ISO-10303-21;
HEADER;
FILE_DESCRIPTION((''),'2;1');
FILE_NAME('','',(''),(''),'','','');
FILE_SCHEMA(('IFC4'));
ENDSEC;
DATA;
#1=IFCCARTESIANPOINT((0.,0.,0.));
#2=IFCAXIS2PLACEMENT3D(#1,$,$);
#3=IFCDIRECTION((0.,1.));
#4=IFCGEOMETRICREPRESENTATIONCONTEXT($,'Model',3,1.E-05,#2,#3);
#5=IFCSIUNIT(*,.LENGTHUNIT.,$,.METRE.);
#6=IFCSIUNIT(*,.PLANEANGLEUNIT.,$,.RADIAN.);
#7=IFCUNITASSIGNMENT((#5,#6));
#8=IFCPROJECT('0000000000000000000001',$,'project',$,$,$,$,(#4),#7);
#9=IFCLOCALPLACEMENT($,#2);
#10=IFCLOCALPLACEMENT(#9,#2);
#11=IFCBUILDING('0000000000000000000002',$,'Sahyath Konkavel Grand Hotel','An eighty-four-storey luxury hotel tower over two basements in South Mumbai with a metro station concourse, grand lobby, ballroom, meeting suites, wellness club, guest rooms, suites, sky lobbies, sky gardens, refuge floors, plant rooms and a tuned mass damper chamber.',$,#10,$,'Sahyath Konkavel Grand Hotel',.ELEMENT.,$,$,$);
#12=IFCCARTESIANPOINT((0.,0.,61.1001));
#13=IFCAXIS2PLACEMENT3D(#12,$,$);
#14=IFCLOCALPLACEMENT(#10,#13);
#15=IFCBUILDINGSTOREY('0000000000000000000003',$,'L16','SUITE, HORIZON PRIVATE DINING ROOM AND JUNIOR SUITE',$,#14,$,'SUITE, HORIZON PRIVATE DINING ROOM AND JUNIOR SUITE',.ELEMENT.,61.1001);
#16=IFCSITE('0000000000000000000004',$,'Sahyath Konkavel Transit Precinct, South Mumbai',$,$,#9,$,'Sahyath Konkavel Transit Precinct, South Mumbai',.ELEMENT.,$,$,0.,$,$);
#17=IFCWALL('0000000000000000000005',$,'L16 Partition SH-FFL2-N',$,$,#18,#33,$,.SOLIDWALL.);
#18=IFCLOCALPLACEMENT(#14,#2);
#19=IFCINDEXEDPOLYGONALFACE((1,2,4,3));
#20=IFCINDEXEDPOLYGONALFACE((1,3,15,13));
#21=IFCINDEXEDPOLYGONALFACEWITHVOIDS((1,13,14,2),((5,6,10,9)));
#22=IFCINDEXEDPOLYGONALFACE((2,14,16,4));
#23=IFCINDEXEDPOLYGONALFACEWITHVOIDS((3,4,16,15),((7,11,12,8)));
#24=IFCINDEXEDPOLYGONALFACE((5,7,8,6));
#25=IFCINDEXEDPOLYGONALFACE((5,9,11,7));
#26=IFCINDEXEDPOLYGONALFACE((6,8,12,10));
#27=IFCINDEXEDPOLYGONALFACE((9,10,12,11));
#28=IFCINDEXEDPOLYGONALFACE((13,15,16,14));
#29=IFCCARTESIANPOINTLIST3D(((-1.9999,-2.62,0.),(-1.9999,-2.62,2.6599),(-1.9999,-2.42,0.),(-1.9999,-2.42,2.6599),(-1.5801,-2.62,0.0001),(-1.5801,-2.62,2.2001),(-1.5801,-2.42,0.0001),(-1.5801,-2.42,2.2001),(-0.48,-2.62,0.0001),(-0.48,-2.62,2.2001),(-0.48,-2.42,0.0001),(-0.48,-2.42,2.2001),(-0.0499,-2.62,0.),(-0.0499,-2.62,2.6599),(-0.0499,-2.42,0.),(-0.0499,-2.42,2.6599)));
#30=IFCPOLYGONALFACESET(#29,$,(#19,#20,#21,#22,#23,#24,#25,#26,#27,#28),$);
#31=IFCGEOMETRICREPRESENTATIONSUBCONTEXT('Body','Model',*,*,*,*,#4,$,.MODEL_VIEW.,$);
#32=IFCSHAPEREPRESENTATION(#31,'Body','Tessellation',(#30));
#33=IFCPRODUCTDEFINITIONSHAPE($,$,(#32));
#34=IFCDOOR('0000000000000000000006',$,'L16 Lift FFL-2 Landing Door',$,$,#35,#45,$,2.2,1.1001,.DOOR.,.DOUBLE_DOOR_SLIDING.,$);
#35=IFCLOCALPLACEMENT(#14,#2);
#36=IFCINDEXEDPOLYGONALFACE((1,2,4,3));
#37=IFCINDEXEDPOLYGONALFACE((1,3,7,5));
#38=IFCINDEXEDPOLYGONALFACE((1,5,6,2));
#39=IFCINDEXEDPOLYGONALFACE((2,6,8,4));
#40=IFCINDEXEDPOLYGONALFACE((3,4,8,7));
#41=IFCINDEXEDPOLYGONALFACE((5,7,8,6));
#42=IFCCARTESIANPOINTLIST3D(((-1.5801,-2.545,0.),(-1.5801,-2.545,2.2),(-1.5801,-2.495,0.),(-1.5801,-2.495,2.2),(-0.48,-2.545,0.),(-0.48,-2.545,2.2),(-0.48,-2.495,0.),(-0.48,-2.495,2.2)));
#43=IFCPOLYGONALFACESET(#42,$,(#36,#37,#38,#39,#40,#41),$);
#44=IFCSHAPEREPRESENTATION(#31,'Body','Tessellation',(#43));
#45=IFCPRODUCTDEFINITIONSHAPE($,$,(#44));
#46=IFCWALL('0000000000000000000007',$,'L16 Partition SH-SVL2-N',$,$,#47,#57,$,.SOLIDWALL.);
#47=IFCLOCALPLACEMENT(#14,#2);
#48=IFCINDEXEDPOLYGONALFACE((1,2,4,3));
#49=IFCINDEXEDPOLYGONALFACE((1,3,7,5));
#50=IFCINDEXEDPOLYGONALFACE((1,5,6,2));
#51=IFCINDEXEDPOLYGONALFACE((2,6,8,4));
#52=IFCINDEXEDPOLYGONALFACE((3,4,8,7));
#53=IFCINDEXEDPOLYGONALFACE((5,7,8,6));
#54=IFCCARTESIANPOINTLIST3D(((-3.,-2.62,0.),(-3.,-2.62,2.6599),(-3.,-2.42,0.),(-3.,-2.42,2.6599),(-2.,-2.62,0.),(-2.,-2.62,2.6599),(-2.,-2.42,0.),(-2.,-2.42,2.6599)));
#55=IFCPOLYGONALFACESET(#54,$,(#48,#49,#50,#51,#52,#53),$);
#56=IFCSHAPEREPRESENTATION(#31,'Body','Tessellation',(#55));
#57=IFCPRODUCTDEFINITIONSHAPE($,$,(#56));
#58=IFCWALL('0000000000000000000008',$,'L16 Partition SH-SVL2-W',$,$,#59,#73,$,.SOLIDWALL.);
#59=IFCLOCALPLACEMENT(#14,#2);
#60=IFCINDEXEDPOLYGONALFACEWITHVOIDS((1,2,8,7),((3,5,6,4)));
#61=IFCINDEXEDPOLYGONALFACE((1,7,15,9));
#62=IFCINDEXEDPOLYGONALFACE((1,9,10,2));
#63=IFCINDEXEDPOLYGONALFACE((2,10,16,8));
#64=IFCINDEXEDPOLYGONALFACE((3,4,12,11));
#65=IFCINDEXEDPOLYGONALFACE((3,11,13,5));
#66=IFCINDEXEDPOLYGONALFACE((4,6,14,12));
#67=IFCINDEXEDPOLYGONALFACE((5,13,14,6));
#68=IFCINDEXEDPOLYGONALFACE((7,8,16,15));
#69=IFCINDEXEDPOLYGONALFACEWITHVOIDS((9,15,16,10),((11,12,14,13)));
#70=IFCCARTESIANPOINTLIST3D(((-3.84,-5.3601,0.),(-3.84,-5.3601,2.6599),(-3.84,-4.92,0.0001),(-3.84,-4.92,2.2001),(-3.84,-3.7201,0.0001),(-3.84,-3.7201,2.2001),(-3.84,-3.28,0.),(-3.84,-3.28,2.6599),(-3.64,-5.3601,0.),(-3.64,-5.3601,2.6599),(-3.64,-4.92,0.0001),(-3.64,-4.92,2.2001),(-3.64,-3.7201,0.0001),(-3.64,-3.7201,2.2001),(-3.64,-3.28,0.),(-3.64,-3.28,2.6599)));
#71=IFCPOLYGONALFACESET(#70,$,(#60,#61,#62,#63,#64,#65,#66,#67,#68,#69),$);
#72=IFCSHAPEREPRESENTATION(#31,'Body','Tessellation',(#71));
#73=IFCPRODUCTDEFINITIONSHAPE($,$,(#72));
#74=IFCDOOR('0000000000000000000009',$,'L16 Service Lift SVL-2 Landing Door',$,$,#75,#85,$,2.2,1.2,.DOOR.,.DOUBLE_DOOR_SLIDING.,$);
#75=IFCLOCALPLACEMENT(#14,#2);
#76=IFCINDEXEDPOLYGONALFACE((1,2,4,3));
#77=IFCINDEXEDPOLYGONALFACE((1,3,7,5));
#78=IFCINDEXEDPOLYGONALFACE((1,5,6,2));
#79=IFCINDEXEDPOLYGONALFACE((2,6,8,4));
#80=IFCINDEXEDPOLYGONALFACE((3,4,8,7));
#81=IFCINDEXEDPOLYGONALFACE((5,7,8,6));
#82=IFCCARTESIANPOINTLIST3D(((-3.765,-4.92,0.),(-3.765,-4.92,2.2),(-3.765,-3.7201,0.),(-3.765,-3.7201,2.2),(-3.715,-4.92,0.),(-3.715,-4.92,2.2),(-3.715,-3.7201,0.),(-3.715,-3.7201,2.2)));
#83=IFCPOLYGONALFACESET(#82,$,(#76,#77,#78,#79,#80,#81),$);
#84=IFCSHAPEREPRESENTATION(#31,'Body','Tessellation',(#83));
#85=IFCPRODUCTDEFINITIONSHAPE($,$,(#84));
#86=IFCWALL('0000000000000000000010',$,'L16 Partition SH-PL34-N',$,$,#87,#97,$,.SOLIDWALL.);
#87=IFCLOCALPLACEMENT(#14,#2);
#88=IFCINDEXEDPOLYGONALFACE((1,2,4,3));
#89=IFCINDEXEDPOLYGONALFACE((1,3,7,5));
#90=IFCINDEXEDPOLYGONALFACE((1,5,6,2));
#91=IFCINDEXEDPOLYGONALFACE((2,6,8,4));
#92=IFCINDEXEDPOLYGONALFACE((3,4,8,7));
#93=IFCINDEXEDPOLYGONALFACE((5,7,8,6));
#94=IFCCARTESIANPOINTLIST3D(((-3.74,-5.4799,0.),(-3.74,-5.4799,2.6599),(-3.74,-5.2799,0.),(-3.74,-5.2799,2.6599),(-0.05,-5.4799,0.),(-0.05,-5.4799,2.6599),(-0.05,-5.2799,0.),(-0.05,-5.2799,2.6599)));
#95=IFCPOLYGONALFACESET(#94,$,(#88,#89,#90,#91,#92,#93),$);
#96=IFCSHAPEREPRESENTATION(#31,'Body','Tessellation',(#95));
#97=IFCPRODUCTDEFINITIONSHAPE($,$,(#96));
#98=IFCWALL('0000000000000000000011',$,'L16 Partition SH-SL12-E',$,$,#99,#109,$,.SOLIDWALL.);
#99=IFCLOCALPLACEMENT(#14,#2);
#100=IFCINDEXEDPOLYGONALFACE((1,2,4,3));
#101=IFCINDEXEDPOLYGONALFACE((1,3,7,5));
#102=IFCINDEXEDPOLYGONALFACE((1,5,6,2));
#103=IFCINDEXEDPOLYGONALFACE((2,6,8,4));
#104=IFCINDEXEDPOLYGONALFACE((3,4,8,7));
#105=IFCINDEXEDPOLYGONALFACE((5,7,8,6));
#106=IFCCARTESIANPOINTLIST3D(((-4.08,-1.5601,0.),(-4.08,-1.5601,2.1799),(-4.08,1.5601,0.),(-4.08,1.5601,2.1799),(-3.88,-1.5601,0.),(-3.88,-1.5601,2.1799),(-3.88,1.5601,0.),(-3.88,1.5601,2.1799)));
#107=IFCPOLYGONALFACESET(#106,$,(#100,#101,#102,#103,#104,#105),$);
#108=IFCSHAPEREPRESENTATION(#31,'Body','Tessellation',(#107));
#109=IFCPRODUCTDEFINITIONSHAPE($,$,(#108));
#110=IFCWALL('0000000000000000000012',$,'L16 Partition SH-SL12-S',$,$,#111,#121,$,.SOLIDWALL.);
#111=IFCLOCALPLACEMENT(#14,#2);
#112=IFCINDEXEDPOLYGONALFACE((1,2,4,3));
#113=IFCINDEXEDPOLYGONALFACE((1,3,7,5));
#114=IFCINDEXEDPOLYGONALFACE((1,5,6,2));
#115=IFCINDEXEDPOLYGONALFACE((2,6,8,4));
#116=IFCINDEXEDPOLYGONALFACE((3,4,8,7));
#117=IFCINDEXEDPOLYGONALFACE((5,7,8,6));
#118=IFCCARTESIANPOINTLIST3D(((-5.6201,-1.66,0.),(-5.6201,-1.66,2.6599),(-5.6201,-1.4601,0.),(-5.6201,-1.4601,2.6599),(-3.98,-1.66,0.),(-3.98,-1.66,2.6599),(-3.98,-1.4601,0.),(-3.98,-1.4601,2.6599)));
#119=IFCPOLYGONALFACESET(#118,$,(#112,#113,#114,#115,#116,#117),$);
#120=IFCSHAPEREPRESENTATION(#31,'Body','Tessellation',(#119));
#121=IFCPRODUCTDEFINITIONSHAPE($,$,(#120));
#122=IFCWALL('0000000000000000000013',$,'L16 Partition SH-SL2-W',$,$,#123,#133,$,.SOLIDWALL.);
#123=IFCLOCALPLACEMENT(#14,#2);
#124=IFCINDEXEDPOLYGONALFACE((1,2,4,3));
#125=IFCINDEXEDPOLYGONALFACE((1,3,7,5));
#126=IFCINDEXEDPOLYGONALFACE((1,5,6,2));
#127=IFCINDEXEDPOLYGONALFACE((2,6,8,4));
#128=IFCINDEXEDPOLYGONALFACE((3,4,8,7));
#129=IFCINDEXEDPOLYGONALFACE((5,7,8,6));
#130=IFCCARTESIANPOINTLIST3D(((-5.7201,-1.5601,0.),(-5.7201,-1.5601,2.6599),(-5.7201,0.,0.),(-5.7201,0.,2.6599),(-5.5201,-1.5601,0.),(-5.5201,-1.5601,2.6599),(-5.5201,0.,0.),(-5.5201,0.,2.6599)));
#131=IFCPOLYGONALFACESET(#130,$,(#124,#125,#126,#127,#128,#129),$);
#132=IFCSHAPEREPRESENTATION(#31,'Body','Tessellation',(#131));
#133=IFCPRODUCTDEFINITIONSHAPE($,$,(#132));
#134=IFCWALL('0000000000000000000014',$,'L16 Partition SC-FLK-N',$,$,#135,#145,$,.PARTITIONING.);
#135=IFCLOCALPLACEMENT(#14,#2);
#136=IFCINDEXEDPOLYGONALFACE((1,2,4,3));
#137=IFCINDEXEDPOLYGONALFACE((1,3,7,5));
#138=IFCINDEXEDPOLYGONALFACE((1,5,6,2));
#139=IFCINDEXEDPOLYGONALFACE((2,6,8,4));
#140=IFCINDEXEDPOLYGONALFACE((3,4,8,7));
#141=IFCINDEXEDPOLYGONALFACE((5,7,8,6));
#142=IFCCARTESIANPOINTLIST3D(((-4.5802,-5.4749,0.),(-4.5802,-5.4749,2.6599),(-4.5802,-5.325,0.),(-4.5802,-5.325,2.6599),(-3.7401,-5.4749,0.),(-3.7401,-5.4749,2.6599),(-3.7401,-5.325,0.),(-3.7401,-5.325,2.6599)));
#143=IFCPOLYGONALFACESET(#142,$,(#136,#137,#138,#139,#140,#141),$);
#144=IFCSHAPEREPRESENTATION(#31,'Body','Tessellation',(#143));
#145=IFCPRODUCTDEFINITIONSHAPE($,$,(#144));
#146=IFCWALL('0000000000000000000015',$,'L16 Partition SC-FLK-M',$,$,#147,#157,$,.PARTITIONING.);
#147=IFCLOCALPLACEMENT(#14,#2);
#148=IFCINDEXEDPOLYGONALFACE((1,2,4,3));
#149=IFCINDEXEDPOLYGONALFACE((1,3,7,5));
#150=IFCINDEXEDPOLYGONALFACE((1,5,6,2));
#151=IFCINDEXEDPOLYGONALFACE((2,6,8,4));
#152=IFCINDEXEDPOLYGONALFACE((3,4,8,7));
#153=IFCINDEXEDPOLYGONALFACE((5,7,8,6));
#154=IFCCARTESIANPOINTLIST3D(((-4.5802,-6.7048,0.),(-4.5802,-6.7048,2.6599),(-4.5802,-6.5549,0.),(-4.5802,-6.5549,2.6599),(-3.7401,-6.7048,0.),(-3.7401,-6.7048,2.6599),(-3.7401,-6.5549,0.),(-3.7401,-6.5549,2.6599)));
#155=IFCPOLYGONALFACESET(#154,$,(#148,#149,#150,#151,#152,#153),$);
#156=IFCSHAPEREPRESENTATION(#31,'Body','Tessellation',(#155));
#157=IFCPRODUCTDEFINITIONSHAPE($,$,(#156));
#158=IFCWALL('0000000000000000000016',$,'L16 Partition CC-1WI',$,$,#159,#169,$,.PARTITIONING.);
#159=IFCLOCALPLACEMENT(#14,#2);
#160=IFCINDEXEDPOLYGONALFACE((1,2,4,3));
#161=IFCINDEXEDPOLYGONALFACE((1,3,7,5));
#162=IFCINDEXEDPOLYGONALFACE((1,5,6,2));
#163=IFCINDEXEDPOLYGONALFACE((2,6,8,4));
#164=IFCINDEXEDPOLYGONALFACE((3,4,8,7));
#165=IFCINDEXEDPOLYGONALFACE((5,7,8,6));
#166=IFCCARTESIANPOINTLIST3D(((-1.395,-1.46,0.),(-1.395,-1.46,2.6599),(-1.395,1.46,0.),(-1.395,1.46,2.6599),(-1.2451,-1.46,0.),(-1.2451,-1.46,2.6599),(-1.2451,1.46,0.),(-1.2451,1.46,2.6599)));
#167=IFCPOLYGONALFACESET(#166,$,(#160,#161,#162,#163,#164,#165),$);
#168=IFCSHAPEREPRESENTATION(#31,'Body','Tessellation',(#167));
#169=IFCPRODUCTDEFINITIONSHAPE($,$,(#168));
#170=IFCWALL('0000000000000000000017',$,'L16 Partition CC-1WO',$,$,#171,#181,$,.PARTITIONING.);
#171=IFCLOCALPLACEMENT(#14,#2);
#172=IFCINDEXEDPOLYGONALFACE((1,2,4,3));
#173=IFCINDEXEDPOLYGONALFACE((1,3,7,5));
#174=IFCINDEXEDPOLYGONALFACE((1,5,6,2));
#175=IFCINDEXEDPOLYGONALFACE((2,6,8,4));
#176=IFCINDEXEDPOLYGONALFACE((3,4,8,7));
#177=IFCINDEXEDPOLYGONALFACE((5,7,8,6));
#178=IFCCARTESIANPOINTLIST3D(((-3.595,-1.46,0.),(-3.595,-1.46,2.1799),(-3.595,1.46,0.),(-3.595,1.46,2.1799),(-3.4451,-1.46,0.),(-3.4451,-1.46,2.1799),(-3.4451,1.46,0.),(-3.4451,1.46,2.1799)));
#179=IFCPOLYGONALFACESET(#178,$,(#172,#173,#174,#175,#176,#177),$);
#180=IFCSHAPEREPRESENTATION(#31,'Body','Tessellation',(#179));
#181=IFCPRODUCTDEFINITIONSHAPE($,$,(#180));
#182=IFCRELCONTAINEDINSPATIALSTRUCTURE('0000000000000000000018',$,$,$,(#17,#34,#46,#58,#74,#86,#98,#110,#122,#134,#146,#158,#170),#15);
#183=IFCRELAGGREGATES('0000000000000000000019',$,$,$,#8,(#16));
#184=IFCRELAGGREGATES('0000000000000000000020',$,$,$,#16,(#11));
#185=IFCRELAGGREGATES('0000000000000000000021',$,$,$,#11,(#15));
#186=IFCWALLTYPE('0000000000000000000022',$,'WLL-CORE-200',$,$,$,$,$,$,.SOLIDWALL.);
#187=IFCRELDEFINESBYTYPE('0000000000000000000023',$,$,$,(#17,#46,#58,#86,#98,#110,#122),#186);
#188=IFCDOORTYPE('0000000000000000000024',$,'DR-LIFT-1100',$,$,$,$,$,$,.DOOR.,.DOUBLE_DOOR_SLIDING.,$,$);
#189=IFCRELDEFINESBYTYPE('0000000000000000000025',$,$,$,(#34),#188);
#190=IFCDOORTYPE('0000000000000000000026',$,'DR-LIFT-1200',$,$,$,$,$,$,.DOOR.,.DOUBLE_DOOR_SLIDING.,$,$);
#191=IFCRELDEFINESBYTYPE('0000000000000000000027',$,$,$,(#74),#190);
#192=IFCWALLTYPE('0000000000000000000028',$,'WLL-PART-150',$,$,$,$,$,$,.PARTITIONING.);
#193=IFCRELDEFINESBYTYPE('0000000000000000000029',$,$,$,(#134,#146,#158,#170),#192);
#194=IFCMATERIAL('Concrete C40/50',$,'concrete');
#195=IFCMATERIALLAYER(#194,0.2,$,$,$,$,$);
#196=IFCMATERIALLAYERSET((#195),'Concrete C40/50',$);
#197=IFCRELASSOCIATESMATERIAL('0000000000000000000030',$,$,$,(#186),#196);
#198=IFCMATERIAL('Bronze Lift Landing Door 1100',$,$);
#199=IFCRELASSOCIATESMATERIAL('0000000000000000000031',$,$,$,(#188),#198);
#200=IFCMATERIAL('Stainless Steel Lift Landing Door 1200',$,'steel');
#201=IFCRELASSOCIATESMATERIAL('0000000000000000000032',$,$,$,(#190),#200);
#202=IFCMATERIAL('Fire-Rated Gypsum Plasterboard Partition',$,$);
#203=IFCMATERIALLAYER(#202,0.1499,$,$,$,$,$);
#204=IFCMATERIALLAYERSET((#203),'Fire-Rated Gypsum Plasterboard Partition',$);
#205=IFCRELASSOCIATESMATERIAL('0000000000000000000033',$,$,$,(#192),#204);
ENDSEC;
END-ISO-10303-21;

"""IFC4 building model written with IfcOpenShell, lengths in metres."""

from ifc_helpers import new_model, si_unit, direction, frame, frame_2d, origin, origin_2d, place, context, subcontext, project, spatial, rectangle, extrude, source, transform, mapped, material, layer, layer_set, type_object, element, fill, save


model = new_model("IFC4")

# Units and contexts
model_context = context("Model", 3, precision=1e-05, world=origin(), true_north=direction((0.0, 1.0)))
body_context = subcontext(model_context, "Body", "Model", "MODEL_VIEW")
ifc_project = project(units=[si_unit("LENGTHUNIT", "METRE"), si_unit("PLANEANGLEUNIT", "RADIAN")], contexts=[model_context])

# Site, building, storey
site_placement = place(None, origin())
site = spatial("IfcSite", under=ifc_project, at=site_placement, Name="Sahyath Konkavel Transit Precinct, South Mumbai", LongName="Sahyath Konkavel Transit Precinct, South Mumbai", CompositionType="ELEMENT", RefElevation=0.0)
building_placement = place(site_placement, origin())
building = spatial("IfcBuilding", under=site, at=building_placement, Name="Sahyath Konkavel Grand Hotel", Description="An eighty-four-storey luxury hotel tower over two basements in South Mumbai with a metro station concourse, grand lobby, ballroom, meeting suites, wellness club, guest rooms, suites, sky lobbies, sky gardens, refuge floors, plant rooms and a tuned mass damper chamber.", LongName="Sahyath Konkavel Grand Hotel", CompositionType="ELEMENT")
storey_placement = place(building_placement, frame((0.0, 0.0, 61.1001)))
storey = spatial("IfcBuildingStorey", under=building, at=storey_placement, Name="L16", Description="SUITE, HORIZON PRIVATE DINING ROOM AND JUNIOR SUITE", LongName="SUITE, HORIZON PRIVATE DINING ROOM AND JUNIOR SUITE", CompositionType="ELEMENT", Elevation=61.1001)

# Shared definitions
ifc_material_1 = material(Name="Concrete C40/50", Category="concrete")
ifc_layer_1 = layer(ifc_material_1, 0.2)
ifc_layer_set_1 = layer_set([ifc_layer_1], Name="Concrete C40/50")
wall_type_1 = type_object("IfcWallType", Name="WLL-CORE-200", PredefinedType="SOLIDWALL", material=ifc_layer_set_1)

# Wall, opening, door
wall_1_placement = place(storey_placement, frame((-2.0, -2.52, 0.0), z_axis=(0.0, 0.0, 1.0), x_axis=(1.0, 0.0, 0.0)))
wall_1 = element("IfcWall", 1, at=wall_1_placement, inside=storey, type_object=wall_type_1, Name="L16 Partition SH-FFL2-N", PredefinedType="SOLIDWALL", context=body_context, shape_type="SweptSolid", body=[
    extrude(rectangle(XDim=1.95, YDim=0.2, at=frame_2d((0.9751, 0.0))), origin(), (0.0, 0.0, 1.0), 2.6599),
])
opening_1_placement = place(wall_1_placement, frame((0.4199, 0.0, 0.0)))
opening_1 = element("IfcOpeningElement", 2, at=opening_1_placement, cuts=wall_1, PredefinedType="OPENING", context=body_context, shape_type="SweptSolid", body=[
    extrude(rectangle(XDim=1.1001, YDim=2.2, at=frame_2d((0.55, 1.1001))), frame((0.0, 0.1099, 0.0), z_axis=(0.0, -1.0, 0.0), x_axis=(1.0, 0.0, 0.0)), (0.0, 0.0, 1.0), 0.22),
])
ifc_material_2 = material(Name="Bronze Lift Landing Door 1100")
door_type_1 = type_object("IfcDoorType", Name="DR-LIFT-1100", OperationType="DOUBLE_DOOR_SLIDING", PredefinedType="DOOR", material=ifc_material_2)
shared_shape_1 = source(origin(), body_context, "Body", "SweptSolid", [
    extrude(rectangle(XDim=1.1001, YDim=0.05, at=origin_2d()), origin(), (0.0, 0.0, 1.0), 2.2),
])
door_1_placement = place(opening_1_placement, frame((0.55, 0.0, 0.0)))
door_1 = element("IfcDoor", 3, at=door_1_placement, inside=storey, type_object=door_type_1, Name="L16 Lift FFL-2 Landing Door", OperationType="DOUBLE_DOOR_SLIDING", OverallHeight=2.2, OverallWidth=1.1001, PredefinedType="DOOR", context=body_context, shape_type="MappedRepresentation", body=[
    mapped(shared_shape_1, transform((0.0, 0.0, 0.0), scale=1.0)),
])
fill(opening_1, door_1)

# Wall
wall_2_placement = place(storey_placement, frame((-3.0, -2.52, 0.0), z_axis=(0.0, 0.0, 1.0), x_axis=(1.0, 0.0, 0.0)))
element("IfcWall", 4, at=wall_2_placement, inside=storey, type_object=wall_type_1, Name="L16 Partition SH-SVL2-N", PredefinedType="SOLIDWALL", context=body_context, shape_type="SweptSolid", body=[
    extrude(rectangle(XDim=1.0, YDim=0.2, at=frame_2d((0.5, 0.0))), origin(), (0.0, 0.0, 1.0), 2.6599),
])

# Wall, opening, door
wall_3_placement = place(storey_placement, frame((-3.74, -5.3601, 0.0), z_axis=(0.0, 0.0, 1.0), x_axis=(0.0, 1.0, 0.0)))
wall_3 = element("IfcWall", 5, at=wall_3_placement, inside=storey, type_object=wall_type_1, Name="L16 Partition SH-SVL2-W", PredefinedType="SOLIDWALL", context=body_context, shape_type="SweptSolid", body=[
    extrude(rectangle(XDim=2.0801, YDim=0.2, at=frame_2d((1.04, 0.0))), origin(), (0.0, 0.0, 1.0), 2.6599),
])
opening_2_placement = place(wall_3_placement, frame((0.4399, 0.0, 0.0)))
opening_2 = element("IfcOpeningElement", 6, at=opening_2_placement, cuts=wall_3, PredefinedType="OPENING", context=body_context, shape_type="SweptSolid", body=[
    extrude(rectangle(XDim=1.2, YDim=2.2, at=frame_2d((0.6001, 1.1001))), frame((0.0, 0.1099, 0.0), z_axis=(0.0, -1.0, 0.0), x_axis=(1.0, 0.0, 0.0)), (0.0, 0.0, 1.0), 0.22),
])
ifc_material_3 = material(Name="Stainless Steel Lift Landing Door 1200", Category="steel")
door_type_2 = type_object("IfcDoorType", Name="DR-LIFT-1200", OperationType="DOUBLE_DOOR_SLIDING", PredefinedType="DOOR", material=ifc_material_3)
shared_shape_2 = source(origin(), body_context, "Body", "SweptSolid", [
    extrude(rectangle(XDim=1.2, YDim=0.05, at=origin_2d()), origin(), (0.0, 0.0, 1.0), 2.2),
])
door_2_placement = place(opening_2_placement, frame((0.6001, 0.0, 0.0)))
door_2 = element("IfcDoor", 7, at=door_2_placement, inside=storey, type_object=door_type_2, Name="L16 Service Lift SVL-2 Landing Door", OperationType="DOUBLE_DOOR_SLIDING", OverallHeight=2.2, OverallWidth=1.2, PredefinedType="DOOR", context=body_context, shape_type="MappedRepresentation", body=[
    mapped(shared_shape_2, transform((0.0, 0.0, 0.0), scale=1.0)),
])
fill(opening_2, door_2)

# Walls
wall_4_placement = place(storey_placement, frame((-3.74, -5.3799, 0.0), z_axis=(0.0, 0.0, 1.0), x_axis=(1.0, 0.0, 0.0)))
element("IfcWall", 8, at=wall_4_placement, inside=storey, type_object=wall_type_1, Name="L16 Partition SH-PL34-N", PredefinedType="SOLIDWALL", context=body_context, shape_type="SweptSolid", body=[
    extrude(rectangle(XDim=3.6899, YDim=0.2, at=frame_2d((1.845, 0.0))), origin(), (0.0, 0.0, 1.0), 2.6599),
])
wall_5_placement = place(storey_placement, frame((-3.98, -1.5601, 0.0), z_axis=(0.0, 0.0, 1.0), x_axis=(0.0, 1.0, 0.0)))
element("IfcWall", 9, at=wall_5_placement, inside=storey, type_object=wall_type_1, Name="L16 Partition SH-SL12-E", PredefinedType="SOLIDWALL", context=body_context, shape_type="SweptSolid", body=[
    extrude(rectangle(XDim=3.1201, YDim=0.2, at=frame_2d((1.5601, 0.0))), origin(), (0.0, 0.0, 1.0), 2.1799),
])
wall_6_placement = place(storey_placement, frame((-5.6201, -1.5601, 0.0), z_axis=(0.0, 0.0, 1.0), x_axis=(1.0, 0.0, 0.0)))
element("IfcWall", 10, at=wall_6_placement, inside=storey, type_object=wall_type_1, Name="L16 Partition SH-SL12-S", PredefinedType="SOLIDWALL", context=body_context, shape_type="SweptSolid", body=[
    extrude(rectangle(XDim=1.6401, YDim=0.2, at=frame_2d((0.8201, 0.0))), origin(), (0.0, 0.0, 1.0), 2.6599),
])
wall_7_placement = place(storey_placement, frame((-5.6201, -1.5601, 0.0), z_axis=(0.0, 0.0, 1.0), x_axis=(0.0, 1.0, 0.0)))
element("IfcWall", 11, at=wall_7_placement, inside=storey, type_object=wall_type_1, Name="L16 Partition SH-SL2-W", PredefinedType="SOLIDWALL", context=body_context, shape_type="SweptSolid", body=[
    extrude(rectangle(XDim=1.5601, YDim=0.2, at=frame_2d((0.78, 0.0))), origin(), (0.0, 0.0, 1.0), 2.6599),
])
ifc_material_4 = material(Name="Fire-Rated Gypsum Plasterboard Partition")
ifc_layer_2 = layer(ifc_material_4, 0.1499)
ifc_layer_set_2 = layer_set([ifc_layer_2], Name="Fire-Rated Gypsum Plasterboard Partition")
wall_type_2 = type_object("IfcWallType", Name="WLL-PART-150", PredefinedType="PARTITIONING", material=ifc_layer_set_2)
for number, where, z_axis, x_axis, name in (
    (12, (-4.5801, -5.3999, 0.0), (0.0, 0.0, 1.0), (1.0, 0.0, 0.0), "L16 Partition SC-FLK-N"),
    (13, (-4.5801, -6.6299, 0.0), (0.0, 0.0, 1.0), (1.0, 0.0, 0.0), "L16 Partition SC-FLK-M"),
):
    element("IfcWall", number, at=place(storey_placement, frame(where, z_axis=z_axis, x_axis=x_axis)), inside=storey, type_object=wall_type_2, Name=name, PredefinedType="PARTITIONING", context=body_context, shape_type="SweptSolid", body=[
        extrude(rectangle(XDim=0.8401, YDim=0.1499, at=frame_2d((0.4199, 0.0))), origin(), (0.0, 0.0, 1.0), 2.6599),
    ])
wall_8_placement = place(storey_placement, frame((-1.3201, -1.46, 0.0), z_axis=(0.0, 0.0, 1.0), x_axis=(0.0, 1.0, 0.0)))
element("IfcWall", 14, at=wall_8_placement, inside=storey, type_object=wall_type_2, Name="L16 Partition CC-1WI", PredefinedType="PARTITIONING", context=body_context, shape_type="SweptSolid", body=[
    extrude(rectangle(XDim=2.9199, YDim=0.1499, at=frame_2d((1.46, 0.0))), origin(), (0.0, 0.0, 1.0), 2.6599),
])
wall_9_placement = place(storey_placement, frame((-3.52, -1.46, 0.0), z_axis=(0.0, 0.0, 1.0), x_axis=(0.0, 1.0, 0.0)))
element("IfcWall", 15, at=wall_9_placement, inside=storey, type_object=wall_type_2, Name="L16 Partition CC-1WO", PredefinedType="PARTITIONING", context=body_context, shape_type="SweptSolid", body=[
    extrude(rectangle(XDim=2.9199, YDim=0.1499, at=frame_2d((1.46, 0.0))), origin(), (0.0, 0.0, 1.0), 2.1799),
])

save(model, "model.ifc")
